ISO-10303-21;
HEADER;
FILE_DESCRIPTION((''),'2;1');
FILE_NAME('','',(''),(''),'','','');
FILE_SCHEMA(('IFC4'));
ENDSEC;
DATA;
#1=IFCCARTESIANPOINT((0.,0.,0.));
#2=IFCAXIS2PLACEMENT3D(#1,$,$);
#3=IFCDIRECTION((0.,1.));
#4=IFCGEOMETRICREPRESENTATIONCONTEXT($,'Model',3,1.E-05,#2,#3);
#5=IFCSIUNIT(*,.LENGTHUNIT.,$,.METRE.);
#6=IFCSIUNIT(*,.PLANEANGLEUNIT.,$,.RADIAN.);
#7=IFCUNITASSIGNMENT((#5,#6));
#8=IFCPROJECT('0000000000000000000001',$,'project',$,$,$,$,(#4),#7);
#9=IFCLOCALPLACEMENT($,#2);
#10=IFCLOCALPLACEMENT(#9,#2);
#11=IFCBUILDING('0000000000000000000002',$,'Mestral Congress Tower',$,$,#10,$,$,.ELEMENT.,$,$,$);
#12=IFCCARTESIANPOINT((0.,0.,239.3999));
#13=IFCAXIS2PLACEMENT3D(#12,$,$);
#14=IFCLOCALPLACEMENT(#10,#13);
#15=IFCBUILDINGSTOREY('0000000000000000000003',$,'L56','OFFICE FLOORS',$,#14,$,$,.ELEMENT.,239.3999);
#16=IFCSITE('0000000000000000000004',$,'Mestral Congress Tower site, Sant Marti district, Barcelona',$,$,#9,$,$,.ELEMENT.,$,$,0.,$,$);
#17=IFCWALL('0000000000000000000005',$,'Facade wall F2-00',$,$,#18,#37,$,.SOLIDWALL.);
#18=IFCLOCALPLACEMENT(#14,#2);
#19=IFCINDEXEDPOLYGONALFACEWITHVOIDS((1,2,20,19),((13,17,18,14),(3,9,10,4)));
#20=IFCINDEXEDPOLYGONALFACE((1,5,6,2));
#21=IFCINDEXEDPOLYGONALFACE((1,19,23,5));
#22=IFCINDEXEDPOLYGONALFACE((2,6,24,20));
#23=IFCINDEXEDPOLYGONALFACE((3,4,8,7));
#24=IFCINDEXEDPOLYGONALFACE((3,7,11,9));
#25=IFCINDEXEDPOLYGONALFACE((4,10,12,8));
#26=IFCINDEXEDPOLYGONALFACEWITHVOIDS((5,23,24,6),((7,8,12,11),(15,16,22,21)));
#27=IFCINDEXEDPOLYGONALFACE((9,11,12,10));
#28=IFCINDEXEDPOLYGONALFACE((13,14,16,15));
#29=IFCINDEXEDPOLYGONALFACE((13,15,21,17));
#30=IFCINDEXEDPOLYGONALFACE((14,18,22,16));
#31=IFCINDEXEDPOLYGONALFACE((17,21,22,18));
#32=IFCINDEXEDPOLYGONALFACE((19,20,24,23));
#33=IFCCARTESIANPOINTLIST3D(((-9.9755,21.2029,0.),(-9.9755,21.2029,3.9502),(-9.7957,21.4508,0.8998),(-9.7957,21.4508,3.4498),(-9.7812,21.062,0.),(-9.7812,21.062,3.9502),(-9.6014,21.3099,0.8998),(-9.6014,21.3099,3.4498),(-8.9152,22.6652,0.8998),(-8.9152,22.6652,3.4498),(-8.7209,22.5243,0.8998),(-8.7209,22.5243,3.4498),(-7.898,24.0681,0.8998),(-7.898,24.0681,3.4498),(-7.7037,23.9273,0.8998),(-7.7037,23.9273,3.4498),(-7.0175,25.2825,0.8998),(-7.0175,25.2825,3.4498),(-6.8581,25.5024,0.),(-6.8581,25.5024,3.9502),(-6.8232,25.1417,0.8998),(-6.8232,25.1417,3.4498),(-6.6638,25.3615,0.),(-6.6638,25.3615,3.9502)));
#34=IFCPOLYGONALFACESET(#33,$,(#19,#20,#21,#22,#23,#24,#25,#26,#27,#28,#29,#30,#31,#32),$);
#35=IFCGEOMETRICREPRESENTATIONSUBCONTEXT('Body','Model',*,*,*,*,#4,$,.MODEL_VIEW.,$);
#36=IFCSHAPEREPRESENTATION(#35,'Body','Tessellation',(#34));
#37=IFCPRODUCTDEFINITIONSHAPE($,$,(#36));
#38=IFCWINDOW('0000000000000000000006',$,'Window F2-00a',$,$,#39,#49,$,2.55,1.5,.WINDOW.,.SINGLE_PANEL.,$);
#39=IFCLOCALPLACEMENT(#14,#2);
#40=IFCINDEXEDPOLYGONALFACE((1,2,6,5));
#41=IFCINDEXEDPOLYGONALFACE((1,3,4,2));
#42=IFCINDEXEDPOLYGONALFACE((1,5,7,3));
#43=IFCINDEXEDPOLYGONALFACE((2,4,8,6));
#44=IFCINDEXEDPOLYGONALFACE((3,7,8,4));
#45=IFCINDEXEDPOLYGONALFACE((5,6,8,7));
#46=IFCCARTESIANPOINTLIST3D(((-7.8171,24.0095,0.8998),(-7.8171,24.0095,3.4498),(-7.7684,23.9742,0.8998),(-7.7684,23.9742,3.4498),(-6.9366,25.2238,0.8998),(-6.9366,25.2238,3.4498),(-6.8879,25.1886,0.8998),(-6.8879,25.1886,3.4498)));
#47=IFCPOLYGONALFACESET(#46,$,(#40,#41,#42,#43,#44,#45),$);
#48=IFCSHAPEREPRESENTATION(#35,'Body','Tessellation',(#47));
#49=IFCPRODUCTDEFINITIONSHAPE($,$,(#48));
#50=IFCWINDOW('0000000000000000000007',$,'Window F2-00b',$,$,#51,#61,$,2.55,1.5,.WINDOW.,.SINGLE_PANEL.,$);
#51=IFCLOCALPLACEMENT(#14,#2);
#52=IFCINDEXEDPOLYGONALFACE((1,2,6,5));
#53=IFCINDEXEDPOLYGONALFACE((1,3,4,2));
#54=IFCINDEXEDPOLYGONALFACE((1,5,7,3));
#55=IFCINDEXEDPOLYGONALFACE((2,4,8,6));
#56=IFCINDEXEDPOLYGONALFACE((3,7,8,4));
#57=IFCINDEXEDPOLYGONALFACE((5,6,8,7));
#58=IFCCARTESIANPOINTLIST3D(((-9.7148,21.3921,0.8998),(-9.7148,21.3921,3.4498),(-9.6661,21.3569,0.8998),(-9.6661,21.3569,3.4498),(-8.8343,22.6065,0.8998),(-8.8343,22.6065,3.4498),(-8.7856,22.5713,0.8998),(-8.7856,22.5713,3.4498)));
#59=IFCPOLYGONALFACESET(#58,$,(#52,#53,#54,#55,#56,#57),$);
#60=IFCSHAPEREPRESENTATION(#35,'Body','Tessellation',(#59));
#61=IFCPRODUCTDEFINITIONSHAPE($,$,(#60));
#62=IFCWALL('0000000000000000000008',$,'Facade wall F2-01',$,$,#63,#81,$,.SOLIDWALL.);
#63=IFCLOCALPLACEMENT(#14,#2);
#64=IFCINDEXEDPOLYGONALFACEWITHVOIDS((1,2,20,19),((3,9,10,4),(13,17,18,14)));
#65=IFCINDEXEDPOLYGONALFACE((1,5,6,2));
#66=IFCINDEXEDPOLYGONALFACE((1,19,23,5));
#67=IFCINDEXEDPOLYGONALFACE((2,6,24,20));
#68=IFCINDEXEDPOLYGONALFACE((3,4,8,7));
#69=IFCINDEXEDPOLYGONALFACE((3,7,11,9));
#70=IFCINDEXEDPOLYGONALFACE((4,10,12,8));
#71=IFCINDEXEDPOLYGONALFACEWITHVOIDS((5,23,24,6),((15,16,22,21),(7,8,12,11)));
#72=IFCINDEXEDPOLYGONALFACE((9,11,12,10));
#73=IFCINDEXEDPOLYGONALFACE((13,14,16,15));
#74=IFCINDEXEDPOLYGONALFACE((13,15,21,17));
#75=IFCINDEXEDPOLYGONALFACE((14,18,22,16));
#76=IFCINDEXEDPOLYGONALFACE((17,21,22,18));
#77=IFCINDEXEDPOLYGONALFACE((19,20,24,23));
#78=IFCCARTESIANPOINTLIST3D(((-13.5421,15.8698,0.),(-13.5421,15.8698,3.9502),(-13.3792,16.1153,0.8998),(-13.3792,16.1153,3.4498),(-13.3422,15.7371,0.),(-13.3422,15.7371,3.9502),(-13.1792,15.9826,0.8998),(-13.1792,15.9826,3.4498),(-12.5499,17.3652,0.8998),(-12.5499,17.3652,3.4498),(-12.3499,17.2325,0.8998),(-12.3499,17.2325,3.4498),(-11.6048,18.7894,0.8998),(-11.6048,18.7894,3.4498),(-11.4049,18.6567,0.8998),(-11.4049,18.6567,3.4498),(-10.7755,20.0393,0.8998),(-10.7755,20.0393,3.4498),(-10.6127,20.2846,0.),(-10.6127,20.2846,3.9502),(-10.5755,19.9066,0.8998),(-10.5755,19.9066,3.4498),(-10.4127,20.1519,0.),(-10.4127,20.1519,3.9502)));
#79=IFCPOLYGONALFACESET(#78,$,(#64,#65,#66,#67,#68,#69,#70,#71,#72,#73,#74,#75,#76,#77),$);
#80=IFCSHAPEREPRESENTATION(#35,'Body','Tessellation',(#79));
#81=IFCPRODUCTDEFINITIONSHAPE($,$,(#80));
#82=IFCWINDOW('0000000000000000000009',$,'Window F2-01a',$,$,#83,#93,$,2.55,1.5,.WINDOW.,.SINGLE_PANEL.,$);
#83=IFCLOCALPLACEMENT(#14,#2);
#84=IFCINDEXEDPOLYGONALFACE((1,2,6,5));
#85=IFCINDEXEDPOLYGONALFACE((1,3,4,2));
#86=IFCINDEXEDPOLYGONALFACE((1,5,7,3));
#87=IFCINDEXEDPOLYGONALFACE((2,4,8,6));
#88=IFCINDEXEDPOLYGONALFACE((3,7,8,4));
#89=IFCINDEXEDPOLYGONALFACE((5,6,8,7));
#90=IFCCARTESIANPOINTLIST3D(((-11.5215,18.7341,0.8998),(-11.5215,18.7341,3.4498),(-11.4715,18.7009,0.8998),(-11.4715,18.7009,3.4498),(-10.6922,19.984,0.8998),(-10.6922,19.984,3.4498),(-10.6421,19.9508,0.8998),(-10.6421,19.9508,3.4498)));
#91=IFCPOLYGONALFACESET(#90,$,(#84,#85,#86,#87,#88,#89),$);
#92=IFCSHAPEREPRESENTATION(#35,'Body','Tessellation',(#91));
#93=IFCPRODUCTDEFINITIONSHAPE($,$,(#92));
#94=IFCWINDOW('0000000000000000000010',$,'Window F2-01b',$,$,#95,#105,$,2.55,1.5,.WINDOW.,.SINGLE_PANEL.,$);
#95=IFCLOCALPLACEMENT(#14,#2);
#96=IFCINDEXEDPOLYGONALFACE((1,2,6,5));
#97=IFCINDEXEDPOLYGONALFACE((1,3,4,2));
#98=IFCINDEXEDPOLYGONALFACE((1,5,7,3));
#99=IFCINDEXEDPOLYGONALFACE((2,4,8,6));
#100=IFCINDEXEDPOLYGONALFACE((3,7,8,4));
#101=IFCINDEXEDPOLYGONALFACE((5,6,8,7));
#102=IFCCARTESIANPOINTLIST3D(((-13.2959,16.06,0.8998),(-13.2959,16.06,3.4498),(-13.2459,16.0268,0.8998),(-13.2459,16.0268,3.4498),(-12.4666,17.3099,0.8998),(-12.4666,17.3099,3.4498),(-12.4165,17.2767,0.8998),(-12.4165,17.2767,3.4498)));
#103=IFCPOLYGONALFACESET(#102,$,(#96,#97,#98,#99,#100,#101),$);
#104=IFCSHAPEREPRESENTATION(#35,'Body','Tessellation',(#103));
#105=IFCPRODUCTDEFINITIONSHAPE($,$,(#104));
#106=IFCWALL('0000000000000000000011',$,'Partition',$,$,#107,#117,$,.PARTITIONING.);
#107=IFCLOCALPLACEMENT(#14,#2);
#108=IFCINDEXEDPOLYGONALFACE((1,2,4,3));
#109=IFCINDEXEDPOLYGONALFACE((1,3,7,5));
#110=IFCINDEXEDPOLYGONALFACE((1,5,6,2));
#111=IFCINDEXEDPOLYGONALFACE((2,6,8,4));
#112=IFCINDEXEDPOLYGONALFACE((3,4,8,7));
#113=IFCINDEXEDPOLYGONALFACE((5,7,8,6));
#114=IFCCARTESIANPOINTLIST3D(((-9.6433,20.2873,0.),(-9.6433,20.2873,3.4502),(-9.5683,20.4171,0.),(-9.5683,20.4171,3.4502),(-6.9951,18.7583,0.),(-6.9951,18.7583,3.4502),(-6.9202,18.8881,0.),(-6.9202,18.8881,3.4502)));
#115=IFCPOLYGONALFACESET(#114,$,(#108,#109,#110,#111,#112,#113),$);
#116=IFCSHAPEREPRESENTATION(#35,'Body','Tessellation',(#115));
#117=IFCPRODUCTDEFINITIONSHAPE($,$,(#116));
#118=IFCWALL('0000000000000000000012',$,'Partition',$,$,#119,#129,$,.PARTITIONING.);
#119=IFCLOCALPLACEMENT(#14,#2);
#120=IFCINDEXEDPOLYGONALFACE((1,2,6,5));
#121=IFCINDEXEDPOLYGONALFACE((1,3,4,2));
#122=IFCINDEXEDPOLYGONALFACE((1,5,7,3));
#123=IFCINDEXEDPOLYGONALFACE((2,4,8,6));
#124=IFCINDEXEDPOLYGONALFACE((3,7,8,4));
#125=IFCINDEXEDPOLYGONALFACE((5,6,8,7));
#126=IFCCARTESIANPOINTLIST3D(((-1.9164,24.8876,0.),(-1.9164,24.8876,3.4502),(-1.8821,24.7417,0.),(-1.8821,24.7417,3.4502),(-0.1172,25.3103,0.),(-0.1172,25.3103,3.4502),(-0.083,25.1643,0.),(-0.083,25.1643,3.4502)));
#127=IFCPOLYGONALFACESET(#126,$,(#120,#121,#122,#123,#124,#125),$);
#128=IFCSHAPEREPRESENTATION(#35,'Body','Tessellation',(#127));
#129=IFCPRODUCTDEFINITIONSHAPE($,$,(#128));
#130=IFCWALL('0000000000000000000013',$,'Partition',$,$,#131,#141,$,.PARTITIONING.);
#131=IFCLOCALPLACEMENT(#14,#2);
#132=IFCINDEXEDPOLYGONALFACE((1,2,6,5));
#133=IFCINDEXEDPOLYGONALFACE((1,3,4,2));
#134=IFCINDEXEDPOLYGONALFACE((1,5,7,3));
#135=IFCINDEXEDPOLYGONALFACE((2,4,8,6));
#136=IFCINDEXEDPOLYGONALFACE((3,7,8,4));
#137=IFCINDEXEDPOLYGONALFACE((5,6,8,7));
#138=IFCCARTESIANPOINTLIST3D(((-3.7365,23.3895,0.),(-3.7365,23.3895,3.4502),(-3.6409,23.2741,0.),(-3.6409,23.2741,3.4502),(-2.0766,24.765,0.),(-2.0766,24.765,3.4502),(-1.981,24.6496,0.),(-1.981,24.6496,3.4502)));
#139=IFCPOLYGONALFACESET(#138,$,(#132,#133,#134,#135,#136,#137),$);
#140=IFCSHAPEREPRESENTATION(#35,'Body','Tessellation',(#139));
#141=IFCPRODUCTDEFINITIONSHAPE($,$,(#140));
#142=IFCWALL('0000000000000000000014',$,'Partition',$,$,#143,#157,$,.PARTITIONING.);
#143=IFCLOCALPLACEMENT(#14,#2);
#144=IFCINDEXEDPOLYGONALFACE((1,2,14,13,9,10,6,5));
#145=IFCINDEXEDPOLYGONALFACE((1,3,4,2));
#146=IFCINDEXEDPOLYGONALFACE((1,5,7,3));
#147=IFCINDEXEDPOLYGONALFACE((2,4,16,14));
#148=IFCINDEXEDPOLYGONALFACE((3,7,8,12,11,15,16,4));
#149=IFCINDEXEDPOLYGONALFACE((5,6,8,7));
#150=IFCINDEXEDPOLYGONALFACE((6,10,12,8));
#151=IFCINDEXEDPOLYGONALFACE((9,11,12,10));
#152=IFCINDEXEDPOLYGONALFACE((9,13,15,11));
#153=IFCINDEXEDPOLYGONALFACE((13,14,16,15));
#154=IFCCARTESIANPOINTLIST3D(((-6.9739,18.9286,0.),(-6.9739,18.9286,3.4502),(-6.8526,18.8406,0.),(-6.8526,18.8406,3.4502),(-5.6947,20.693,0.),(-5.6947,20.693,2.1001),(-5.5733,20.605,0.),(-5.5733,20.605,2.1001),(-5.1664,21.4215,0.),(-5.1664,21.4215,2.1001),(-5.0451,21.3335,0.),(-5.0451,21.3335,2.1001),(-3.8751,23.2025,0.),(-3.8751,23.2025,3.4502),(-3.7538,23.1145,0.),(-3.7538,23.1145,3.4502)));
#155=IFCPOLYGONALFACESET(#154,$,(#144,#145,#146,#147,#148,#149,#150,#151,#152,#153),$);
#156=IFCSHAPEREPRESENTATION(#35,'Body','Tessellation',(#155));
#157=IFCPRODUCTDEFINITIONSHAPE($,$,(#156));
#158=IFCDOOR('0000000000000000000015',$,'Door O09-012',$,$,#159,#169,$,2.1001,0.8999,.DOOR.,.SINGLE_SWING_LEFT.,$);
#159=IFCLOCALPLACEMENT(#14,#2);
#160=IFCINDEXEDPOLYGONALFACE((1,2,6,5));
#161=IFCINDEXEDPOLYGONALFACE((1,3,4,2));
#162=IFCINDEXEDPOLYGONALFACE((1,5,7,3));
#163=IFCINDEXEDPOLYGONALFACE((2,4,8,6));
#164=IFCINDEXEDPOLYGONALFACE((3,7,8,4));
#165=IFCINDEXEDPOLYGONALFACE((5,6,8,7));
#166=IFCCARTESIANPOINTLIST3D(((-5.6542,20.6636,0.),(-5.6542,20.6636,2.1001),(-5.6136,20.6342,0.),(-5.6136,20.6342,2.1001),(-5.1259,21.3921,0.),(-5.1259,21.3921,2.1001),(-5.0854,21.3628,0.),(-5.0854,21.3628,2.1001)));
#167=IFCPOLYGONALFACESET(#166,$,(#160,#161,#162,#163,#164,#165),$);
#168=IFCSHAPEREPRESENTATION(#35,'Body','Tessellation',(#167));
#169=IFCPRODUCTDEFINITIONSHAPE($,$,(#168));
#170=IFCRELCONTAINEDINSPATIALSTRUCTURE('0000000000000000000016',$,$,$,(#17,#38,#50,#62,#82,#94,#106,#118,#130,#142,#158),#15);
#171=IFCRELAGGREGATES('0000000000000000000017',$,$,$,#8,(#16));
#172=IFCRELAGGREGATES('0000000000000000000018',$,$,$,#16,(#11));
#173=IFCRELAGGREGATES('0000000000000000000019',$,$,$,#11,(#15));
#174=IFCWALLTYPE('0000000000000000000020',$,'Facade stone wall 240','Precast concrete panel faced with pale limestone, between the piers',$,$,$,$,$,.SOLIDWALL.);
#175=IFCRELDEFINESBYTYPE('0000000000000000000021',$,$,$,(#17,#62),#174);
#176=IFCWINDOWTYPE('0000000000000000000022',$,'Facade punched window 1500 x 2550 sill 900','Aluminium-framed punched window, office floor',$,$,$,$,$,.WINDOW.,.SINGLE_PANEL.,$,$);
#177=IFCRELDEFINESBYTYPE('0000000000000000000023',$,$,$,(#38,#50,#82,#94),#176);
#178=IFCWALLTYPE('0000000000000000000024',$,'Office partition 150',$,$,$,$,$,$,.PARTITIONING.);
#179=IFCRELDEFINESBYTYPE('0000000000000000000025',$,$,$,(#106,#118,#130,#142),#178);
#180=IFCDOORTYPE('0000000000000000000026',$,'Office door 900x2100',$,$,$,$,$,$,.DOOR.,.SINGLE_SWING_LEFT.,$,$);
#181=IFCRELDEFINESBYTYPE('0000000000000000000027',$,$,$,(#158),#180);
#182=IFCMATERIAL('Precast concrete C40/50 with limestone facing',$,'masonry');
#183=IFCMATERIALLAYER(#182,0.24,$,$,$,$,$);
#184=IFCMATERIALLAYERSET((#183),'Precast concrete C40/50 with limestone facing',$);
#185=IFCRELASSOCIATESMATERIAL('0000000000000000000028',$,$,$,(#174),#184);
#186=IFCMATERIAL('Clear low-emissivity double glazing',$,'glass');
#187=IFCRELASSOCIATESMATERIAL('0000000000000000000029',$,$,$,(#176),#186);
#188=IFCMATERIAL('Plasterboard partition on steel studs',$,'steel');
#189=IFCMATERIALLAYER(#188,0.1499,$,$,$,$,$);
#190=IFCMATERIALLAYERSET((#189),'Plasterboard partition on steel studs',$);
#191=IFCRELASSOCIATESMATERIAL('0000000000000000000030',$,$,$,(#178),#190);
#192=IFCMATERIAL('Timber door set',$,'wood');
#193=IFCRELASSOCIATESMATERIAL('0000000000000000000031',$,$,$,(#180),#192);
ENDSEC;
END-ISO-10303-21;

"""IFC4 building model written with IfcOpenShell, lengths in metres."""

from ifc_helpers import new_model, si_unit, direction, frame, frame_2d, origin, place, context, subcontext, project, spatial, rectangle, extrude, material, layer, layer_set, type_object, element, fill, save


model = new_model("IFC4")

# Units and contexts
model_context = context("Model", 3, precision=1e-05, world=origin(), true_north=direction((0.0, 1.0)))
body_context = subcontext(model_context, "Body", "Model", "MODEL_VIEW")
ifc_project = project(units=[si_unit("LENGTHUNIT", "METRE"), si_unit("PLANEANGLEUNIT", "RADIAN")], contexts=[model_context])

# Site, building, storey
site_placement = place(None, origin())
site = spatial("IfcSite", under=ifc_project, at=site_placement, Name="Mestral Congress Tower site, Sant Marti district, Barcelona", CompositionType="ELEMENT", RefElevation=0.0)
building_placement = place(site_placement, origin())
building = spatial("IfcBuilding", under=site, at=building_placement, Name="Mestral Congress Tower", CompositionType="ELEMENT")
storey_placement = place(building_placement, frame((0.0, 0.0, 239.3999)))
storey = spatial("IfcBuildingStorey", under=building, at=storey_placement, Name="L56", Description="OFFICE FLOORS", CompositionType="ELEMENT", Elevation=239.3999)

# Shared definitions
ifc_material_1 = material(Name="Precast concrete C40/50 with limestone facing", Category="masonry")
ifc_layer_1 = layer(ifc_material_1, 0.24)
ifc_layer_set_1 = layer_set([ifc_layer_1], Name="Precast concrete C40/50 with limestone facing")
wall_type_1 = type_object("IfcWallType", Name="Facade stone wall 240", Description="Precast concrete panel faced with pale limestone, between the piers", PredefinedType="SOLIDWALL", material=ifc_layer_set_1)
ifc_material_2 = material(Name="Clear low-emissivity double glazing", Category="glass")

# Walls, openings, windows
wall_1_placement = place(storey_placement, frame((-6.761, 25.4319, 0.0), z_axis=(0.0, 0.0, 1.0), x_axis=(-0.586998, -0.809588, 0.0)))
wall_1 = element("IfcWall", 1, at=wall_1_placement, inside=storey, type_object=wall_type_1, Name="Facade wall F2-00", PredefinedType="SOLIDWALL", context=body_context, shape_type="SweptSolid", body=[
    extrude(rectangle(XDim=5.3108, YDim=0.24, at=frame_2d((2.6553, 0.0))), origin(), (0.0, 0.0, 1.0), 3.9502),
])
opening_1_placement = place(wall_1_placement, frame((0.2715, 0.0, 0.8999)))
opening_1 = element("IfcOpeningElement", 2, at=opening_1_placement, cuts=wall_1, PredefinedType="OPENING", context=body_context, shape_type="SweptSolid", body=[
    extrude(rectangle(XDim=1.5, YDim=2.55, at=frame_2d((0.75, 1.2749))), frame((0.0, 0.1299, 0.0), z_axis=(0.0, -1.0, 0.0), x_axis=(1.0, 0.0, 0.0)), (0.0, 0.0, 1.0), 0.26),
])
opening_2_placement = place(wall_1_placement, frame((3.5044, 0.0, 0.8999)))
opening_2 = element("IfcOpeningElement", 3, at=opening_2_placement, cuts=wall_1, PredefinedType="OPENING", context=body_context, shape_type="SweptSolid", body=[
    extrude(rectangle(XDim=1.5, YDim=2.55, at=frame_2d((0.75, 1.2749))), frame((0.0, 0.1299, 0.0), z_axis=(0.0, -1.0, 0.0), x_axis=(1.0, 0.0, 0.0)), (0.0, 0.0, 1.0), 0.26),
])
window_type_1 = type_object("IfcWindowType", Name="Facade punched window 1500 x 2550 sill 900", Description="Aluminium-framed punched window, office floor", PartitioningType="SINGLE_PANEL", PredefinedType="WINDOW", material=ifc_material_2)
window_1_placement = place(opening_1_placement, origin())
window_1 = element("IfcWindow", 4, at=window_1_placement, inside=storey, type_object=window_type_1, Name="Window F2-00a", OverallHeight=2.55, OverallWidth=1.5, PartitioningType="SINGLE_PANEL", PredefinedType="WINDOW", context=body_context, shape_type="SweptSolid", body=[
    extrude(rectangle(XDim=1.5, YDim=2.55, at=frame_2d((0.75, 1.2749))), frame((0.0, 0.04, 0.0), z_axis=(0.0, -1.0, 0.0), x_axis=(1.0, 0.0, 0.0)), (0.0, 0.0, 1.0), 0.0601),
])
fill(opening_1, window_1)
window_2_placement = place(opening_2_placement, origin())
window_2 = element("IfcWindow", 5, at=window_2_placement, inside=storey, type_object=window_type_1, Name="Window F2-00b", OverallHeight=2.55, OverallWidth=1.5, PartitioningType="SINGLE_PANEL", PredefinedType="WINDOW", context=body_context, shape_type="SweptSolid", body=[
    extrude(rectangle(XDim=1.5, YDim=2.55, at=frame_2d((0.75, 1.2749))), frame((0.0, 0.04, 0.0), z_axis=(0.0, -1.0, 0.0), x_axis=(1.0, 0.0, 0.0)), (0.0, 0.0, 1.0), 0.0601),
])
fill(opening_2, window_2)
wall_2_placement = place(storey_placement, frame((-10.5127, 20.2183, 0.0), z_axis=(0.0, 0.0, 1.0), x_axis=(-0.552902, -0.833246, 0.0)))
wall_2 = element("IfcWall", 6, at=wall_2_placement, inside=storey, type_object=wall_type_1, Name="Facade wall F2-01", PredefinedType="SOLIDWALL", context=body_context, shape_type="SweptSolid", body=[
    extrude(rectangle(XDim=5.2983, YDim=0.24, at=frame_2d((2.6492, 0.0))), origin(), (0.0, 0.0, 1.0), 3.9502),
])
opening_3_placement = place(wall_2_placement, frame((0.2944, 0.0, 0.8999)))
opening_3 = element("IfcOpeningElement", 7, at=opening_3_placement, cuts=wall_2, PredefinedType="OPENING", context=body_context, shape_type="SweptSolid", body=[
    extrude(rectangle(XDim=1.5, YDim=2.55, at=frame_2d((0.75, 1.2749))), frame((0.0, 0.1299, 0.0), z_axis=(0.0, -1.0, 0.0), x_axis=(1.0, 0.0, 0.0)), (0.0, 0.0, 1.0), 0.26),
])
opening_4_placement = place(wall_2_placement, frame((3.5037, 0.0, 0.8999)))
opening_4 = element("IfcOpeningElement", 8, at=opening_4_placement, cuts=wall_2, PredefinedType="OPENING", context=body_context, shape_type="SweptSolid", body=[
    extrude(rectangle(XDim=1.5, YDim=2.55, at=frame_2d((0.75, 1.2749))), frame((0.0, 0.1299, 0.0), z_axis=(0.0, -1.0, 0.0), x_axis=(1.0, 0.0, 0.0)), (0.0, 0.0, 1.0), 0.26),
])
window_3_placement = place(opening_3_placement, origin())
window_3 = element("IfcWindow", 9, at=window_3_placement, inside=storey, type_object=window_type_1, Name="Window F2-01a", OverallHeight=2.55, OverallWidth=1.5, PartitioningType="SINGLE_PANEL", PredefinedType="WINDOW", context=body_context, shape_type="SweptSolid", body=[
    extrude(rectangle(XDim=1.5, YDim=2.55, at=frame_2d((0.75, 1.2749))), frame((0.0, 0.04, 0.0), z_axis=(0.0, -1.0, 0.0), x_axis=(1.0, 0.0, 0.0)), (0.0, 0.0, 1.0), 0.0601),
])
fill(opening_3, window_3)
window_4_placement = place(opening_4_placement, origin())
window_4 = element("IfcWindow", 10, at=window_4_placement, inside=storey, type_object=window_type_1, Name="Window F2-01b", OverallHeight=2.55, OverallWidth=1.5, PartitioningType="SINGLE_PANEL", PredefinedType="WINDOW", context=body_context, shape_type="SweptSolid", body=[
    extrude(rectangle(XDim=1.5, YDim=2.55, at=frame_2d((0.75, 1.2749))), frame((0.0, 0.04, 0.0), z_axis=(0.0, -1.0, 0.0), x_axis=(1.0, 0.0, 0.0)), (0.0, 0.0, 1.0), 0.0601),
])
fill(opening_4, window_4)

# Walls
ifc_material_3 = material(Name="Plasterboard partition on steel studs", Category="steel")
ifc_layer_2 = layer(ifc_material_3, 0.1499)
ifc_layer_set_2 = layer_set([ifc_layer_2], Name="Plasterboard partition on steel studs")
wall_type_2 = type_object("IfcWallType", Name="Office partition 150", PredefinedType="PARTITIONING", material=ifc_layer_set_2)
wall_3_placement = place(storey_placement, frame((-6.9578, 18.8232, 0.0), z_axis=(0.0, 0.0, 1.0), x_axis=(-0.866009, 0.500029, 0.0)))
element("IfcWall", 11, at=wall_3_placement, inside=storey, type_object=wall_type_2, Name="Partition", PredefinedType="PARTITIONING", context=body_context, shape_type="SweptSolid", body=[
    extrude(rectangle(XDim=3.0579, YDim=0.1499, at=frame_2d((1.5288, 0.0))), origin(), (0.0, 0.0, 1.0), 3.4502),
])
wall_4_placement = place(storey_placement, frame((-0.1001, 25.2373, 0.0), z_axis=(0.0, 0.0, 1.0), x_axis=(-0.973502, -0.228679, 0.0)))
element("IfcWall", 12, at=wall_4_placement, inside=storey, type_object=wall_type_2, Name="Partition", PredefinedType="PARTITIONING", context=body_context, shape_type="SweptSolid", body=[
    extrude(rectangle(XDim=1.8481, YDim=0.1499, at=frame_2d((0.9241, 0.0))), origin(), (0.0, 0.0, 1.0), 3.4502),
])
wall_5_placement = place(storey_placement, frame((-2.0288, 24.7073, 0.0), z_axis=(0.0, 0.0, 1.0), x_axis=(-0.769991, -0.638054, 0.0)))
element("IfcWall", 13, at=wall_5_placement, inside=storey, type_object=wall_type_2, Name="Partition", PredefinedType="PARTITIONING", context=body_context, shape_type="SweptSolid", body=[
    extrude(rectangle(XDim=2.1558, YDim=0.1499, at=frame_2d((1.0779, 0.0))), origin(), (0.0, 0.0, 1.0), 3.4502),
])

# Wall, opening, door
wall_6_placement = place(storey_placement, frame((-6.9133, 18.8845, 0.0), z_axis=(0.0, 0.0, 1.0), x_axis=(0.587002, 0.809585, 0.0)))
wall_6 = element("IfcWall", 14, at=wall_6_placement, inside=storey, type_object=wall_type_2, Name="Partition", PredefinedType="PARTITIONING", context=body_context, shape_type="SweptSolid", body=[
    extrude(rectangle(XDim=5.2791, YDim=0.1499, at=frame_2d((2.6396, 0.0))), origin(), (0.0, 0.0, 1.0), 3.4502),
])
opening_5_placement = place(wall_6_placement, frame((2.1794, 0.0, 0.0)))
opening_5 = element("IfcOpeningElement", 15, at=opening_5_placement, cuts=wall_6, PredefinedType="OPENING", context=body_context, shape_type="SweptSolid", body=[
    extrude(rectangle(XDim=0.8999, YDim=2.1001, at=frame_2d((0.45, 1.05))), frame((0.0, 0.085, 0.0), z_axis=(0.0, -1.0, 0.0), x_axis=(1.0, 0.0, 0.0)), (0.0, 0.0, 1.0), 0.1699),
])
ifc_material_4 = material(Name="Timber door set", Category="wood")
door_type = type_object("IfcDoorType", Name="Office door 900x2100", OperationType="SINGLE_SWING_LEFT", PredefinedType="DOOR", material=ifc_material_4)
door_placement = place(opening_5_placement, origin())
door = element("IfcDoor", 16, at=door_placement, inside=storey, type_object=door_type, Name="Door O09-012", OperationType="SINGLE_SWING_LEFT", OverallHeight=2.1001, OverallWidth=0.8999, PredefinedType="DOOR", context=body_context, shape_type="SweptSolid", body=[
    extrude(rectangle(XDim=0.8999, YDim=2.1001, at=frame_2d((0.45, 1.05))), frame((0.0, 0.0249, 0.0), z_axis=(0.0, -1.0, 0.0), x_axis=(1.0, 0.0, 0.0)), (0.0, 0.0, 1.0), 0.05),
])
fill(opening_5, door)

save(model, "model.ifc")
